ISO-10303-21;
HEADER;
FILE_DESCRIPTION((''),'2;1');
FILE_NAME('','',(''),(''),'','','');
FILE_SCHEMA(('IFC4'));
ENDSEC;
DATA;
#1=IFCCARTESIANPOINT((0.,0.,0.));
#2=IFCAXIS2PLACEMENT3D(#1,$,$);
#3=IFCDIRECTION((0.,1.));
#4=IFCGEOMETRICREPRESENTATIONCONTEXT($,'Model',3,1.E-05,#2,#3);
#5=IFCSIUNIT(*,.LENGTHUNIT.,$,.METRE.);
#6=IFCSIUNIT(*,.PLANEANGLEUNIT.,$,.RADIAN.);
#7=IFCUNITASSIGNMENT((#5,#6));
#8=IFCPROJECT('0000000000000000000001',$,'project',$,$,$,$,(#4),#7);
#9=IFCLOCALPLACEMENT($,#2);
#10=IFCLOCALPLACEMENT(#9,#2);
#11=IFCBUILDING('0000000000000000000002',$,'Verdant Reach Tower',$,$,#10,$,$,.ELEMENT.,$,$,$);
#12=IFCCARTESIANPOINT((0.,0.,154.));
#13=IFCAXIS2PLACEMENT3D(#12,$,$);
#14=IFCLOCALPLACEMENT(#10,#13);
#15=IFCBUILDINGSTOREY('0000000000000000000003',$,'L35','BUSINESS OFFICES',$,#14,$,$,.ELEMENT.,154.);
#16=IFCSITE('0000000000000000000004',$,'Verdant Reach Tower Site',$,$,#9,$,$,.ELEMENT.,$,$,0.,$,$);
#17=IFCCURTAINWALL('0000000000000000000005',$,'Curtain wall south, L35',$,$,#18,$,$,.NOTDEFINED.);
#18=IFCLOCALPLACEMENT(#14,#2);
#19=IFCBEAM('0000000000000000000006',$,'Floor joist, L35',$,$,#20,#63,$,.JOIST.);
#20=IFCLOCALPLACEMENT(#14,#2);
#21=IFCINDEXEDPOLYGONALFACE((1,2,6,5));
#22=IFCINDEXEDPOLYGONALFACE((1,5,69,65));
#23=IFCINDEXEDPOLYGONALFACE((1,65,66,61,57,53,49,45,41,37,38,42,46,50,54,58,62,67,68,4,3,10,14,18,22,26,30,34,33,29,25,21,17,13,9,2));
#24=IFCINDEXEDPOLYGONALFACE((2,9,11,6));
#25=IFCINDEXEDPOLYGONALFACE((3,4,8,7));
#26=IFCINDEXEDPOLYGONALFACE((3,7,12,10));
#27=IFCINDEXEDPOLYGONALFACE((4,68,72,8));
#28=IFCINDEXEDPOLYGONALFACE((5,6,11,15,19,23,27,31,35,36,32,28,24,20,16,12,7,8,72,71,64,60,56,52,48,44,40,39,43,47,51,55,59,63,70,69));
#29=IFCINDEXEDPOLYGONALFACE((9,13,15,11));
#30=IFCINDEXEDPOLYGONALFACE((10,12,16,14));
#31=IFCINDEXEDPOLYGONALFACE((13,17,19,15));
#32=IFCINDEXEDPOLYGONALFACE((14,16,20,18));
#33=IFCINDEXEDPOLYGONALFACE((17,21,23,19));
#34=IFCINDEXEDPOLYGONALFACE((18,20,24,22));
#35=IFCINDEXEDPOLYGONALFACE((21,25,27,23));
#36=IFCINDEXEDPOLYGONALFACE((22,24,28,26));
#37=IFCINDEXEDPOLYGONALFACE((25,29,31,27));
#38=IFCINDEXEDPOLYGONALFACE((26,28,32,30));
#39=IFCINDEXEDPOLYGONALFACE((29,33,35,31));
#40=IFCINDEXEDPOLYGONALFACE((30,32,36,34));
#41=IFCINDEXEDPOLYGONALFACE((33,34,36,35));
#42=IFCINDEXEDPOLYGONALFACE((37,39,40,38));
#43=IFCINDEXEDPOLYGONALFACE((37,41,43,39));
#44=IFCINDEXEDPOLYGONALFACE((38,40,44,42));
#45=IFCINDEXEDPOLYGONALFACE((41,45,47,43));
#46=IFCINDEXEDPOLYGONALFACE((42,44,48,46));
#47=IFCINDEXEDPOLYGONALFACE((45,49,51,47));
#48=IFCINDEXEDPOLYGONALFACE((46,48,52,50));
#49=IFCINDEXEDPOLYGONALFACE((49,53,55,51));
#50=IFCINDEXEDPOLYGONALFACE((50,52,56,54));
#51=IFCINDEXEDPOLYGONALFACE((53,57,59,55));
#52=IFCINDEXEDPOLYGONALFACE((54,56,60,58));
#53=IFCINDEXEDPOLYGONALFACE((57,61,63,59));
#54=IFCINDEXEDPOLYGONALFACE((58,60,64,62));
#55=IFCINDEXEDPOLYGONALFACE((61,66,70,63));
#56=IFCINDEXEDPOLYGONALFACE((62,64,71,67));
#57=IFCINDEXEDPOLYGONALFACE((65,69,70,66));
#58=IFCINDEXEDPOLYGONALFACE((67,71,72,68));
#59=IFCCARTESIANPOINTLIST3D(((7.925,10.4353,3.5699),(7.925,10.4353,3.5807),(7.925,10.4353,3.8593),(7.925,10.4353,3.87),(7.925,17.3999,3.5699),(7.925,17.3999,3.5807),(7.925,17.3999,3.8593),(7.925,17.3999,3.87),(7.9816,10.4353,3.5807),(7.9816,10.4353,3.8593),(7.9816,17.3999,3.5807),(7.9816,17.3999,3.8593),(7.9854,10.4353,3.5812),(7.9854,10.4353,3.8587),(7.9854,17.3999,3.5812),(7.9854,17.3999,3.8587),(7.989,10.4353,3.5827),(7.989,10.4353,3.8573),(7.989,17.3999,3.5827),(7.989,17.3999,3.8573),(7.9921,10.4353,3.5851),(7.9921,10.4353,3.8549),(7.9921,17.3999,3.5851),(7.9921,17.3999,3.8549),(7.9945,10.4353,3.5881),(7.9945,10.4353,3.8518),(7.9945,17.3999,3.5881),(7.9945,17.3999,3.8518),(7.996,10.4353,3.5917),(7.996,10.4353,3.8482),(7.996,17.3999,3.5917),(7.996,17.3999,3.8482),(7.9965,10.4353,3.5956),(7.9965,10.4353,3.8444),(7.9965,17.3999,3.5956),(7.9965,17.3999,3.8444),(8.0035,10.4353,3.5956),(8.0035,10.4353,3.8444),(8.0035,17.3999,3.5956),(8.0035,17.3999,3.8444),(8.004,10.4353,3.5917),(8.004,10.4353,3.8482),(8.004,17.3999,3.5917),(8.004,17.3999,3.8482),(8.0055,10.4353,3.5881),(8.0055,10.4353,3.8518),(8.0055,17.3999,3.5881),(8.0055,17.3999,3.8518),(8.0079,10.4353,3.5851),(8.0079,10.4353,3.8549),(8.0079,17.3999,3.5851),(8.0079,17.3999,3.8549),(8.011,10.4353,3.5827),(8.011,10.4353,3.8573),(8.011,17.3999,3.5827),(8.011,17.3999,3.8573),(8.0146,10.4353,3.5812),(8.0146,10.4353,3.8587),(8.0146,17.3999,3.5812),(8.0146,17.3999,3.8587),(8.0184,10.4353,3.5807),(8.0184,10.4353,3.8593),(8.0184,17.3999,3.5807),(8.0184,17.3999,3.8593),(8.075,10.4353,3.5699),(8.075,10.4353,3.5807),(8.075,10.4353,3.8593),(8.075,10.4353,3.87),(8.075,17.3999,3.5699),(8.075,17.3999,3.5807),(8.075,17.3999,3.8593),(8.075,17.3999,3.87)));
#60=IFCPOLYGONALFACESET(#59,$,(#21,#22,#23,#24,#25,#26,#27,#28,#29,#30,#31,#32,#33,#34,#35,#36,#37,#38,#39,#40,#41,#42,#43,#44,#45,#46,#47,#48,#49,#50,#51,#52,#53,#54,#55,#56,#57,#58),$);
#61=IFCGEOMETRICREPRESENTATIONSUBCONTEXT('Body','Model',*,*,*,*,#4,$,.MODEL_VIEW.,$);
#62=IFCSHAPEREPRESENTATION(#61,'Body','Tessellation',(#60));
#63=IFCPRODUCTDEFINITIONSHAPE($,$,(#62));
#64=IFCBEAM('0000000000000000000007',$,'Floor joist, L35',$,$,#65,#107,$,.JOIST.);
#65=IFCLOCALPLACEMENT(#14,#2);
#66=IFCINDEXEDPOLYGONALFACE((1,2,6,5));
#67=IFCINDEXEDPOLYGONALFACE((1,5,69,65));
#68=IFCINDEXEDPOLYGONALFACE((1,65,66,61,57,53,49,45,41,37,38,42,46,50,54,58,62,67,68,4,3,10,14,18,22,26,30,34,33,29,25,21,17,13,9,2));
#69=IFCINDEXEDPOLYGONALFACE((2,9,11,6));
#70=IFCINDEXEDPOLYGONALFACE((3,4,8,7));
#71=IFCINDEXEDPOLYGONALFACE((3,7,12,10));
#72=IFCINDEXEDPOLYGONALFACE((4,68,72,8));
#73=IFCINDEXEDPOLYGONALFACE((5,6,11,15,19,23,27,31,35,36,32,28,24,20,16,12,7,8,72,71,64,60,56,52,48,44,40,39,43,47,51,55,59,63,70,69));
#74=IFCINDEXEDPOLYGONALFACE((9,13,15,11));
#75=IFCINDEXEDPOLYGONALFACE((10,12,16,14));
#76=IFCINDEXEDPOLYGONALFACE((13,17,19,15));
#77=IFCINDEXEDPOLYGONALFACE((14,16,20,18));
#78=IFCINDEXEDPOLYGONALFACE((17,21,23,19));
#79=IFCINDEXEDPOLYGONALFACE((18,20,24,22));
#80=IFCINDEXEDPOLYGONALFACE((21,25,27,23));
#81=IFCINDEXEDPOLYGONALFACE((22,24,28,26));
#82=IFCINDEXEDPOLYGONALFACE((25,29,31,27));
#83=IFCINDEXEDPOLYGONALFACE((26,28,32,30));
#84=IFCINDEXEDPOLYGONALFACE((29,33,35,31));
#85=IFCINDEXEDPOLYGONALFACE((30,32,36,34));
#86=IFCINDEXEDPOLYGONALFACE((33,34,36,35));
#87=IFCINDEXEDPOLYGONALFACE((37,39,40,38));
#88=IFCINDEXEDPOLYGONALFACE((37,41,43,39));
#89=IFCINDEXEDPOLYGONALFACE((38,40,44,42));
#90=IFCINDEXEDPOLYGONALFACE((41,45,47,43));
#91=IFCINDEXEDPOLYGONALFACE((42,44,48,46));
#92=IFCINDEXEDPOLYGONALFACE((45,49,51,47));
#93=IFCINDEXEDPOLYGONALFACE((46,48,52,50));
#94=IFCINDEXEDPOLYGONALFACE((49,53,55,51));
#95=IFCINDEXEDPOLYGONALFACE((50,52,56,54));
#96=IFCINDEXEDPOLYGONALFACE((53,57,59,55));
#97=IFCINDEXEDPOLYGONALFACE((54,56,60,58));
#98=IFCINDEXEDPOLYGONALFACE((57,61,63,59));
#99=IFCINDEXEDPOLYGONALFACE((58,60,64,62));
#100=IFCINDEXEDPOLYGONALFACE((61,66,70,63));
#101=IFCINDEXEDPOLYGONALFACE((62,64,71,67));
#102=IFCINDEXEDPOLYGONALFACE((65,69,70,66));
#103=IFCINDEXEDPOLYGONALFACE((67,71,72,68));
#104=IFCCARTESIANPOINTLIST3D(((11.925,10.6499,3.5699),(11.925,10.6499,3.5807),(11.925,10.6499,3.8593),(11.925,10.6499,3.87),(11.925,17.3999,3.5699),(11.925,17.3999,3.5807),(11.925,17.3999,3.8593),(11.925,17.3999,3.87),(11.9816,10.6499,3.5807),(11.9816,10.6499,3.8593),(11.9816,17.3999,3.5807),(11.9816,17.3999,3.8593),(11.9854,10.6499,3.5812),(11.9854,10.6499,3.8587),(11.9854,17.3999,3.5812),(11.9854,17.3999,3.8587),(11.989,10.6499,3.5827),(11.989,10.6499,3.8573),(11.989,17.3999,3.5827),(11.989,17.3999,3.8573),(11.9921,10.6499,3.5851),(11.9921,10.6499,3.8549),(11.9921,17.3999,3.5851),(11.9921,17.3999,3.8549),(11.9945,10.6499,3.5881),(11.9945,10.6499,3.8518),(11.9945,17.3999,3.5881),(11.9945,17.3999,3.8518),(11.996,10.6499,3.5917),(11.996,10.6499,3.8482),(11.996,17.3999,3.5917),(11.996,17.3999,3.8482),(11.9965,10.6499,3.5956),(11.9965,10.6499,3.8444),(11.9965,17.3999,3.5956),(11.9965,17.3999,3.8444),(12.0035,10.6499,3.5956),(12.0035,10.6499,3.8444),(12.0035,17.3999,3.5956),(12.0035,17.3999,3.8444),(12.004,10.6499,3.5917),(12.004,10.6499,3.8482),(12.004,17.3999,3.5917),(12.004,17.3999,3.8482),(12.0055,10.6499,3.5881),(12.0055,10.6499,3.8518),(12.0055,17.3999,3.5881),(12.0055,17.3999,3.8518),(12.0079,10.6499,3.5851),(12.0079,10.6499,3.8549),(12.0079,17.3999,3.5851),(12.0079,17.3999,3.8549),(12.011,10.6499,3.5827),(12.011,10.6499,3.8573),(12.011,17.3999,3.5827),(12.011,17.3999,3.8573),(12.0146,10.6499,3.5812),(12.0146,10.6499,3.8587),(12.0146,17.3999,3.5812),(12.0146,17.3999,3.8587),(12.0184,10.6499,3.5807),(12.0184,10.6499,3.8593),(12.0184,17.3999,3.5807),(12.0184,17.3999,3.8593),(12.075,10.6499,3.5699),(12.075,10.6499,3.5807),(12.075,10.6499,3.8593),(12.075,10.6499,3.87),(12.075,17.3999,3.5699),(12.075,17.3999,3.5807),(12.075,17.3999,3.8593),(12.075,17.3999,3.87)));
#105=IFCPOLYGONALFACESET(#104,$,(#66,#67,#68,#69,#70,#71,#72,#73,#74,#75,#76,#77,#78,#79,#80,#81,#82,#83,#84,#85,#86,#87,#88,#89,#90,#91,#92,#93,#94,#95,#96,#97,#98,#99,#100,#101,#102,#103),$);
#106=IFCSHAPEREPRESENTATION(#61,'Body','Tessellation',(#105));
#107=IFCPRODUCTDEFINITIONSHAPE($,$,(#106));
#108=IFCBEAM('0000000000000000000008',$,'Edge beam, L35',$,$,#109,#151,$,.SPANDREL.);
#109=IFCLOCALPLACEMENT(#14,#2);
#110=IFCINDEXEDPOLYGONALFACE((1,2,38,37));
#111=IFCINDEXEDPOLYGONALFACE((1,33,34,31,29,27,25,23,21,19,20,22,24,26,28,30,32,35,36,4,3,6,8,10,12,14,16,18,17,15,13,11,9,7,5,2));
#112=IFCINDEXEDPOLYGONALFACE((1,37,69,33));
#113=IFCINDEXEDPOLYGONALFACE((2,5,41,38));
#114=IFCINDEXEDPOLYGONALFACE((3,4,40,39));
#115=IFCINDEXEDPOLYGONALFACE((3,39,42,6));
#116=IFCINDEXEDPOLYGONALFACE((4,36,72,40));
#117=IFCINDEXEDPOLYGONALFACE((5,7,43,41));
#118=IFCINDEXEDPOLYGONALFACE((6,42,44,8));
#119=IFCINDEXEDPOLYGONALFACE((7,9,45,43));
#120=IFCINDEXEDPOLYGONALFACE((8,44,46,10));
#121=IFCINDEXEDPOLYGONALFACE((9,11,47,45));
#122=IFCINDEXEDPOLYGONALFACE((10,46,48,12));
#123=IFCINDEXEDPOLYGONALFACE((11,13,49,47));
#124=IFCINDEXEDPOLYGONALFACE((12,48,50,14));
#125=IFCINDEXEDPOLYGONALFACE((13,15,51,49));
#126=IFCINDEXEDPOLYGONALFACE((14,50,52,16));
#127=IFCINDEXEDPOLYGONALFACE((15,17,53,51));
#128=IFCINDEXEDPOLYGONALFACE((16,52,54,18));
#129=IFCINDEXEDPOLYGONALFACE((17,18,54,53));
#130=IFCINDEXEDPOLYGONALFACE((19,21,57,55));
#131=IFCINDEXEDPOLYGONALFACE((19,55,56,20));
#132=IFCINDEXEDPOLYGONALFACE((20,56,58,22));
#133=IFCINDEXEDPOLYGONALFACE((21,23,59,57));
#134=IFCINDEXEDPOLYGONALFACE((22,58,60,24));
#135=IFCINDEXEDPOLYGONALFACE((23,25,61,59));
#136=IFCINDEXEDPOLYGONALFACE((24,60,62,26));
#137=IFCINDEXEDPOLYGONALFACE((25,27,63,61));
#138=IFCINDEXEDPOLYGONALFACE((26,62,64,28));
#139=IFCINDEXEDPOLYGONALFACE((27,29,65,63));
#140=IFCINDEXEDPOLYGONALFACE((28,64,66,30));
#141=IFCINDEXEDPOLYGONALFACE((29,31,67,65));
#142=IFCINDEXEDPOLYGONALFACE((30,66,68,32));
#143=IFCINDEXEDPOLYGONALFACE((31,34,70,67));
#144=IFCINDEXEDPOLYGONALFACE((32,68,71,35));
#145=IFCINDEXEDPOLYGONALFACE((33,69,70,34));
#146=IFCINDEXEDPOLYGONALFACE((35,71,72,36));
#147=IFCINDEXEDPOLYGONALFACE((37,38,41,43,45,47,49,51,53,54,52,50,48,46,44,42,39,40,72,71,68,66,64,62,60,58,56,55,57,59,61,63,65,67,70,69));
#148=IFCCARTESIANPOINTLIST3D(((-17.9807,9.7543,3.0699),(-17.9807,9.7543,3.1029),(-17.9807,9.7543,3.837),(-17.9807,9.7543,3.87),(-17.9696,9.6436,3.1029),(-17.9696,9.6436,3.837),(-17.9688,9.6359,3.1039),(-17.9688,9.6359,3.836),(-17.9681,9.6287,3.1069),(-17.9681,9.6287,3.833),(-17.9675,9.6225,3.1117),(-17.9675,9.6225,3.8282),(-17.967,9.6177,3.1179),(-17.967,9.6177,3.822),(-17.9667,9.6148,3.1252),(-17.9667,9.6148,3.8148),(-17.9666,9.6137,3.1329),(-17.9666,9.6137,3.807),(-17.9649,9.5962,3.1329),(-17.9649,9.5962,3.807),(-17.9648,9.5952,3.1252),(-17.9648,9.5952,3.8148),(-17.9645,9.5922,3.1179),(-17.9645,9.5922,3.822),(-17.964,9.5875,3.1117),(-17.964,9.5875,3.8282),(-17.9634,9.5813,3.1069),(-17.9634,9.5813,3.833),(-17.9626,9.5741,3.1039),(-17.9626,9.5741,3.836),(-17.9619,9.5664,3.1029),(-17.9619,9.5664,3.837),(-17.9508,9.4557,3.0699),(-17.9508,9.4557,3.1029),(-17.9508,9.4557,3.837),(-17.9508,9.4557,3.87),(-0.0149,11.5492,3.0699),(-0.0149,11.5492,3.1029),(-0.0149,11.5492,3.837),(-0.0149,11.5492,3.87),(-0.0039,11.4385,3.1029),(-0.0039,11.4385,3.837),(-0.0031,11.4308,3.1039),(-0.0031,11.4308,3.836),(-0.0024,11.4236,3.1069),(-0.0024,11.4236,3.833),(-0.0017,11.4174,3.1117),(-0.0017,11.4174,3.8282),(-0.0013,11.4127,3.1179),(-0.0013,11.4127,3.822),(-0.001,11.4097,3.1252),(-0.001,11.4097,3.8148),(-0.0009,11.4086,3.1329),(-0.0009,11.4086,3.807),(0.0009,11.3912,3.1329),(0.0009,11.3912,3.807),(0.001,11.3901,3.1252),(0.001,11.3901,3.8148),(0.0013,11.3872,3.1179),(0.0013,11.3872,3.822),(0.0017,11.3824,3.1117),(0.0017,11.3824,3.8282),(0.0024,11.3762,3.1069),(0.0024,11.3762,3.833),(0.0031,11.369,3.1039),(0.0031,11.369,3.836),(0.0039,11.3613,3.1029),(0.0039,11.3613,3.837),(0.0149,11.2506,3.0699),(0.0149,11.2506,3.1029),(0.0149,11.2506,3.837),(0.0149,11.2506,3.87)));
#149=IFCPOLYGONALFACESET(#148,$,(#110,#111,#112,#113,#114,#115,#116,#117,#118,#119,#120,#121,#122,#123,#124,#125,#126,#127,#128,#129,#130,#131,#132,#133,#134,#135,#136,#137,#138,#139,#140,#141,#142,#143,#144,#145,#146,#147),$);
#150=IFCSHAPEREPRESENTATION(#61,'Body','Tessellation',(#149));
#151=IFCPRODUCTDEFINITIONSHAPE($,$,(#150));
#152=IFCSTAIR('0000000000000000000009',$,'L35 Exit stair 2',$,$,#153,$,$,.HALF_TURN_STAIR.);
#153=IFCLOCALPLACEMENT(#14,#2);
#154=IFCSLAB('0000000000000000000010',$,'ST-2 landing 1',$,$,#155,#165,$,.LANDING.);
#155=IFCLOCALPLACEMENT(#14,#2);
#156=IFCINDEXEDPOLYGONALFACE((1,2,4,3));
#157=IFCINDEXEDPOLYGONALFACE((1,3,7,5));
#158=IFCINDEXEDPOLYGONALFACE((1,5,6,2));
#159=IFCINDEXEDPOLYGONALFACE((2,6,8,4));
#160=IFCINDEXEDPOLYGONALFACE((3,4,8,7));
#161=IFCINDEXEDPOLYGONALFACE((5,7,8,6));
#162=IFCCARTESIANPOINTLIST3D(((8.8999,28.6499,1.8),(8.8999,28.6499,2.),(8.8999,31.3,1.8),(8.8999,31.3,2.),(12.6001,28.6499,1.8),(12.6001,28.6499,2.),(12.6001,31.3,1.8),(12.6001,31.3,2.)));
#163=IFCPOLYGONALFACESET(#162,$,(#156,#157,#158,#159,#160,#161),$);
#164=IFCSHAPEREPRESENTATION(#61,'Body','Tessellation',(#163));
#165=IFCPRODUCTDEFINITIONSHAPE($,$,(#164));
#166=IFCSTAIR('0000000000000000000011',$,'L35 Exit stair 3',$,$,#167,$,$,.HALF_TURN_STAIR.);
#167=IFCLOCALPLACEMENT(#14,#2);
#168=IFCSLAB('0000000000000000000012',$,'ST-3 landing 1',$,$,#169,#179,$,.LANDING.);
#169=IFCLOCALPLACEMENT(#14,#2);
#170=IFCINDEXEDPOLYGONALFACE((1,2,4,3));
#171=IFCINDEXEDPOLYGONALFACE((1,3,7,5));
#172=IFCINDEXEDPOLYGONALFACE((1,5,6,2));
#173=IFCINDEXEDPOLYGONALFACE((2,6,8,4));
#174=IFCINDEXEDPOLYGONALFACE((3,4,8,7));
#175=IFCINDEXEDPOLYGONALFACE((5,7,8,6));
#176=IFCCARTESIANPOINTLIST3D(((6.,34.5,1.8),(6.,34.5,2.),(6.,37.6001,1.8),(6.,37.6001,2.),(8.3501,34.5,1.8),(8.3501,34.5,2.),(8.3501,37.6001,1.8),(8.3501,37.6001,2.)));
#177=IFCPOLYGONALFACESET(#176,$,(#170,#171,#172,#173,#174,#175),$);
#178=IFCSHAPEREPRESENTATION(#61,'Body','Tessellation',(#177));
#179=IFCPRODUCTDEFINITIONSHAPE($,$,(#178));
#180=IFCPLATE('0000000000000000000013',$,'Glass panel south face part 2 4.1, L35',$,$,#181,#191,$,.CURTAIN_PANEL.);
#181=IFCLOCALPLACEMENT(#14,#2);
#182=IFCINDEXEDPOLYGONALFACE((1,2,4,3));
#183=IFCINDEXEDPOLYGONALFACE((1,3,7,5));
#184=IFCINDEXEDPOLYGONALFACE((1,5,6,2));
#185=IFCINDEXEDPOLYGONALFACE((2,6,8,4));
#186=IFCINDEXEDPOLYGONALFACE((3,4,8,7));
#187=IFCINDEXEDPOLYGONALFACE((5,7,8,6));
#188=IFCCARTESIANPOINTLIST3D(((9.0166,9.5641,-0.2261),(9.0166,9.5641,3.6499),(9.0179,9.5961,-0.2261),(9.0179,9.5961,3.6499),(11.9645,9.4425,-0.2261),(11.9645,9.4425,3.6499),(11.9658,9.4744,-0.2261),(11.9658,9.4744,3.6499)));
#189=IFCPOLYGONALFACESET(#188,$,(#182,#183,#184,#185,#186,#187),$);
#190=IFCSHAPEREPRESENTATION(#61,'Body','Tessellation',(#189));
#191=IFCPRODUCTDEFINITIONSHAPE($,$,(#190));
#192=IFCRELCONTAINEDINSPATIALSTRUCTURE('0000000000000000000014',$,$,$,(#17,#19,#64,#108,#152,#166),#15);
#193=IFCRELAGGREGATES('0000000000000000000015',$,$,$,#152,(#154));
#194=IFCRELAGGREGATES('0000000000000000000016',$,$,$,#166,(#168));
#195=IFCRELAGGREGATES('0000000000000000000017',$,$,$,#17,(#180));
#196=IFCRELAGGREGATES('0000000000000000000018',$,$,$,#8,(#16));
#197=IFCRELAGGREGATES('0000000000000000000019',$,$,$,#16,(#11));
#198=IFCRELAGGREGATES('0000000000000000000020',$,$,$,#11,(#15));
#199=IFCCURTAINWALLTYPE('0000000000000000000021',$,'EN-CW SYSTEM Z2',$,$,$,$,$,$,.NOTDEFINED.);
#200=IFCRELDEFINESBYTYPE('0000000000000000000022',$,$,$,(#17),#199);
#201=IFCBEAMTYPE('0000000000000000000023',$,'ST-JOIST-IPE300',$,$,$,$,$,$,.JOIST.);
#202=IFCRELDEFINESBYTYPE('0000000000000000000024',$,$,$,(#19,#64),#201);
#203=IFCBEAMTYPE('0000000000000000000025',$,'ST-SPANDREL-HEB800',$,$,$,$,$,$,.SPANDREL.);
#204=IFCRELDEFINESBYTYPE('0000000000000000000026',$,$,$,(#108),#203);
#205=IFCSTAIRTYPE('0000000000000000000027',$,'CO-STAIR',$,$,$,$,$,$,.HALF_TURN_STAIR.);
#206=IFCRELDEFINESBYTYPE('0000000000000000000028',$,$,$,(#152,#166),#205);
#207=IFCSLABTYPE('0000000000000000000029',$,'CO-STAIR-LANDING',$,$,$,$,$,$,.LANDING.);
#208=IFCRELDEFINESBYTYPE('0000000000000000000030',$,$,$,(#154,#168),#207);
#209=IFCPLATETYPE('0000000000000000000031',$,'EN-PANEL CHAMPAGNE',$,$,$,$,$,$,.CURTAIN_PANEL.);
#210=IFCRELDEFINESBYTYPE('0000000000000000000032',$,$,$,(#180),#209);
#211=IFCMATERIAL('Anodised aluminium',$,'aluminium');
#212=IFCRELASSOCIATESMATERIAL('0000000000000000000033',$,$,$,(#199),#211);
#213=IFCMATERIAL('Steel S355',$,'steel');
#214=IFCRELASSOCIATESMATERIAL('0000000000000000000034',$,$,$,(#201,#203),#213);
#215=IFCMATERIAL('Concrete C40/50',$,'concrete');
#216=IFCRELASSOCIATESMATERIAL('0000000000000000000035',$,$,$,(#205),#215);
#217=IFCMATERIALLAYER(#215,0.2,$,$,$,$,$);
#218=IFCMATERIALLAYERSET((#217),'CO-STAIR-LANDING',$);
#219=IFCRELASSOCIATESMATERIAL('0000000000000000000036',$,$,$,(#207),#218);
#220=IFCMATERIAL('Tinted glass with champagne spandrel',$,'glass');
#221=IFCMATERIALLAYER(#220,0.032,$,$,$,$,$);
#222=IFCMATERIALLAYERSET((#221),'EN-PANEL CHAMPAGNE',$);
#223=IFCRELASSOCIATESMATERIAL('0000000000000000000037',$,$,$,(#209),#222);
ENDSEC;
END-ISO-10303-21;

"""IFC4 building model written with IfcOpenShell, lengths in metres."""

from ifc_helpers import new_model, si_unit, direction, frame, origin, origin_2d, place, context, subcontext, project, spatial, polyline, rectangle, i_section, outline, extrude, material, layer, layer_set, material_profile, profile_set, type_object, element, aggregate, save


model = new_model("IFC4")

# Units and contexts
model_context = context("Model", 3, precision=1e-05, world=origin(), true_north=direction((0.0, 1.0)))
body_context = subcontext(model_context, "Body", "Model", "MODEL_VIEW")
ifc_project = project(units=[si_unit("LENGTHUNIT", "METRE"), si_unit("PLANEANGLEUNIT", "RADIAN")], contexts=[model_context])

# Site, building, storey
site_placement = place(None, origin())
site = spatial("IfcSite", under=ifc_project, at=site_placement, Name="Verdant Reach Tower Site", CompositionType="ELEMENT", RefElevation=0.0)
building_placement = place(site_placement, origin())
building = spatial("IfcBuilding", under=site, at=building_placement, Name="Verdant Reach Tower", CompositionType="ELEMENT")
storey_placement = place(building_placement, frame((0.0, 0.0, 154.0)))
storey = spatial("IfcBuildingStorey", under=building, at=storey_placement, Name="L35", Description="BUSINESS OFFICES", CompositionType="ELEMENT", Elevation=154.0)

# Curtain wall
ifc_material_1 = material(Name="Anodised aluminium", Category="aluminium")
curtain_wall_type = type_object("IfcCurtainWallType", Name="EN-CW SYSTEM Z2", PredefinedType="NOTDEFINED", material=ifc_material_1)
curtain_wall_placement = place(storey_placement, origin())
curtain_wall = element("IfcCurtainWall", 1, at=curtain_wall_placement, inside=storey, type_object=curtain_wall_type, Name="Curtain wall south, L35", PredefinedType="NOTDEFINED")

# Beams
ifc_material_2 = material(Name="Steel S355", Category="steel")
ifc_material_profile_1 = material_profile(ifc_material_2, i_section(OverallWidth=0.1499, OverallDepth=0.3, WebThickness=0.0071, FlangeThickness=0.0107, FilletRadius=0.0149, at=origin_2d()), Name="IPE 300")
ifc_profile_set_1 = profile_set([ifc_material_profile_1], Name="Steel S355")
beam_type_1 = type_object("IfcBeamType", Name="ST-JOIST-IPE300", PredefinedType="JOIST", material=ifc_profile_set_1)
beam_1_placement = place(storey_placement, frame((8.0, 17.3999, 3.72), z_axis=(0.0, -1.0, 0.0), x_axis=(1.0, 0.0, 0.0)))
element("IfcBeam", 2, at=beam_1_placement, inside=storey, type_object=beam_type_1, Name="Floor joist, L35", PredefinedType="JOIST", context=body_context, shape_type="SweptSolid", body=[
    extrude(i_section(OverallWidth=0.1499, OverallDepth=0.3, WebThickness=0.0071, FlangeThickness=0.0107, FilletRadius=0.0149, at=origin_2d()), origin(), (0.0, 0.0, 1.0), 6.9646),
])
beam_2_placement = place(storey_placement, frame((12.0, 17.3999, 3.72), z_axis=(0.0, -1.0, 0.0), x_axis=(1.0, 0.0, 0.0)))
element("IfcBeam", 3, at=beam_2_placement, inside=storey, type_object=beam_type_1, Name="Floor joist, L35", PredefinedType="JOIST", context=body_context, shape_type="SweptSolid", body=[
    extrude(i_section(OverallWidth=0.1499, OverallDepth=0.3, WebThickness=0.0071, FlangeThickness=0.0107, FilletRadius=0.0149, at=origin_2d()), origin(), (0.0, 0.0, 1.0), 6.75),
])
ifc_material_profile_2 = material_profile(ifc_material_2, i_section(OverallWidth=0.3, OverallDepth=0.8, WebThickness=0.0176, FlangeThickness=0.033, FilletRadius=0.03, at=origin_2d()), Name="HEB 800")
ifc_profile_set_2 = profile_set([ifc_material_profile_2], Name="Steel S355")
beam_type_2 = type_object("IfcBeamType", Name="ST-SPANDREL-HEB800", PredefinedType="SPANDREL", material=ifc_profile_set_2)
beam_3_placement = place(storey_placement, frame((0.0, 11.3999, 3.47), z_axis=(-0.995046, -0.099413, 0.0), x_axis=(0.099413, -0.995046, 0.0)))
element("IfcBeam", 4, at=beam_3_placement, inside=storey, type_object=beam_type_2, Name="Edge beam, L35", PredefinedType="SPANDREL", context=body_context, shape_type="SweptSolid", body=[
    extrude(i_section(OverallWidth=0.3, OverallDepth=0.8, WebThickness=0.0176, FlangeThickness=0.033, FilletRadius=0.03, at=origin_2d()), origin(), (0.0, 0.0, 1.0), 18.0552),
])

# Stairs, slabs
ifc_material_3 = material(Name="Concrete C40/50", Category="concrete")
stair_type = type_object("IfcStairType", Name="CO-STAIR", PredefinedType="HALF_TURN_STAIR", material=ifc_material_3)
stair_1_placement = place(storey_placement, origin())
stair_1 = element("IfcStair", 5, at=stair_1_placement, inside=storey, type_object=stair_type, Name="L35 Exit stair 2", PredefinedType="HALF_TURN_STAIR")
ifc_layer_1 = layer(ifc_material_3, 0.2)
ifc_layer_set_1 = layer_set([ifc_layer_1], Name="CO-STAIR-LANDING")
slab_type = type_object("IfcSlabType", Name="CO-STAIR-LANDING", PredefinedType="LANDING", material=ifc_layer_set_1)
slab_1_placement = place(storey_placement, frame((0.0, 0.0, 1.8)))
slab_1 = element("IfcSlab", 6, at=slab_1_placement, type_object=slab_type, Name="ST-2 landing 1", PredefinedType="LANDING", context=body_context, shape_type="SweptSolid", body=[
    extrude(outline(polyline([(12.6001, 28.6499), (12.6001, 31.3), (8.8999, 31.3), (8.8999, 28.6499), (12.6001, 28.6499)])), origin(), (0.0, 0.0, 1.0), 0.2),
])
aggregate(stair_1, [slab_1])
stair_2_placement = place(storey_placement, origin())
stair_2 = element("IfcStair", 7, at=stair_2_placement, inside=storey, type_object=stair_type, Name="L35 Exit stair 3", PredefinedType="HALF_TURN_STAIR")
slab_2_placement = place(storey_placement, frame((0.0, 0.0, 1.8)))
slab_2 = element("IfcSlab", 8, at=slab_2_placement, type_object=slab_type, Name="ST-3 landing 1", PredefinedType="LANDING", context=body_context, shape_type="SweptSolid", body=[
    extrude(outline(polyline([(8.3501, 37.6001), (6.0, 37.6001), (6.0, 34.5), (8.3501, 34.5), (8.3501, 37.6001)])), origin(), (0.0, 0.0, 1.0), 0.2),
])
aggregate(stair_2, [slab_2])

# Plate
ifc_material_4 = material(Name="Tinted glass with champagne spandrel", Category="glass")
ifc_layer_2 = layer(ifc_material_4, 0.032)
ifc_layer_set_2 = layer_set([ifc_layer_2], Name="EN-PANEL CHAMPAGNE")
plate_type_1 = type_object("IfcPlateType", Name="EN-PANEL CHAMPAGNE", PredefinedType="CURTAIN_PANEL", material=ifc_layer_set_2)
plate_1_placement = place(storey_placement, frame((10.4912, 9.5193, -0.2261), z_axis=(0.0, 0.0, 1.0), x_axis=(0.999149, -0.041242, 0.0)))
plate_1 = element("IfcPlate", 9, at=plate_1_placement, type_object=plate_type_1, Name="Glass panel south face part 2 4.1, L35", PredefinedType="CURTAIN_PANEL", context=body_context, shape_type="SweptSolid", body=[
    extrude(rectangle(XDim=2.9504, YDim=0.032, at=origin_2d()), origin(), (0.0, 0.0, 1.0), 3.876),
])
aggregate(curtain_wall, [plate_1])

save(model, "model.ifc")
